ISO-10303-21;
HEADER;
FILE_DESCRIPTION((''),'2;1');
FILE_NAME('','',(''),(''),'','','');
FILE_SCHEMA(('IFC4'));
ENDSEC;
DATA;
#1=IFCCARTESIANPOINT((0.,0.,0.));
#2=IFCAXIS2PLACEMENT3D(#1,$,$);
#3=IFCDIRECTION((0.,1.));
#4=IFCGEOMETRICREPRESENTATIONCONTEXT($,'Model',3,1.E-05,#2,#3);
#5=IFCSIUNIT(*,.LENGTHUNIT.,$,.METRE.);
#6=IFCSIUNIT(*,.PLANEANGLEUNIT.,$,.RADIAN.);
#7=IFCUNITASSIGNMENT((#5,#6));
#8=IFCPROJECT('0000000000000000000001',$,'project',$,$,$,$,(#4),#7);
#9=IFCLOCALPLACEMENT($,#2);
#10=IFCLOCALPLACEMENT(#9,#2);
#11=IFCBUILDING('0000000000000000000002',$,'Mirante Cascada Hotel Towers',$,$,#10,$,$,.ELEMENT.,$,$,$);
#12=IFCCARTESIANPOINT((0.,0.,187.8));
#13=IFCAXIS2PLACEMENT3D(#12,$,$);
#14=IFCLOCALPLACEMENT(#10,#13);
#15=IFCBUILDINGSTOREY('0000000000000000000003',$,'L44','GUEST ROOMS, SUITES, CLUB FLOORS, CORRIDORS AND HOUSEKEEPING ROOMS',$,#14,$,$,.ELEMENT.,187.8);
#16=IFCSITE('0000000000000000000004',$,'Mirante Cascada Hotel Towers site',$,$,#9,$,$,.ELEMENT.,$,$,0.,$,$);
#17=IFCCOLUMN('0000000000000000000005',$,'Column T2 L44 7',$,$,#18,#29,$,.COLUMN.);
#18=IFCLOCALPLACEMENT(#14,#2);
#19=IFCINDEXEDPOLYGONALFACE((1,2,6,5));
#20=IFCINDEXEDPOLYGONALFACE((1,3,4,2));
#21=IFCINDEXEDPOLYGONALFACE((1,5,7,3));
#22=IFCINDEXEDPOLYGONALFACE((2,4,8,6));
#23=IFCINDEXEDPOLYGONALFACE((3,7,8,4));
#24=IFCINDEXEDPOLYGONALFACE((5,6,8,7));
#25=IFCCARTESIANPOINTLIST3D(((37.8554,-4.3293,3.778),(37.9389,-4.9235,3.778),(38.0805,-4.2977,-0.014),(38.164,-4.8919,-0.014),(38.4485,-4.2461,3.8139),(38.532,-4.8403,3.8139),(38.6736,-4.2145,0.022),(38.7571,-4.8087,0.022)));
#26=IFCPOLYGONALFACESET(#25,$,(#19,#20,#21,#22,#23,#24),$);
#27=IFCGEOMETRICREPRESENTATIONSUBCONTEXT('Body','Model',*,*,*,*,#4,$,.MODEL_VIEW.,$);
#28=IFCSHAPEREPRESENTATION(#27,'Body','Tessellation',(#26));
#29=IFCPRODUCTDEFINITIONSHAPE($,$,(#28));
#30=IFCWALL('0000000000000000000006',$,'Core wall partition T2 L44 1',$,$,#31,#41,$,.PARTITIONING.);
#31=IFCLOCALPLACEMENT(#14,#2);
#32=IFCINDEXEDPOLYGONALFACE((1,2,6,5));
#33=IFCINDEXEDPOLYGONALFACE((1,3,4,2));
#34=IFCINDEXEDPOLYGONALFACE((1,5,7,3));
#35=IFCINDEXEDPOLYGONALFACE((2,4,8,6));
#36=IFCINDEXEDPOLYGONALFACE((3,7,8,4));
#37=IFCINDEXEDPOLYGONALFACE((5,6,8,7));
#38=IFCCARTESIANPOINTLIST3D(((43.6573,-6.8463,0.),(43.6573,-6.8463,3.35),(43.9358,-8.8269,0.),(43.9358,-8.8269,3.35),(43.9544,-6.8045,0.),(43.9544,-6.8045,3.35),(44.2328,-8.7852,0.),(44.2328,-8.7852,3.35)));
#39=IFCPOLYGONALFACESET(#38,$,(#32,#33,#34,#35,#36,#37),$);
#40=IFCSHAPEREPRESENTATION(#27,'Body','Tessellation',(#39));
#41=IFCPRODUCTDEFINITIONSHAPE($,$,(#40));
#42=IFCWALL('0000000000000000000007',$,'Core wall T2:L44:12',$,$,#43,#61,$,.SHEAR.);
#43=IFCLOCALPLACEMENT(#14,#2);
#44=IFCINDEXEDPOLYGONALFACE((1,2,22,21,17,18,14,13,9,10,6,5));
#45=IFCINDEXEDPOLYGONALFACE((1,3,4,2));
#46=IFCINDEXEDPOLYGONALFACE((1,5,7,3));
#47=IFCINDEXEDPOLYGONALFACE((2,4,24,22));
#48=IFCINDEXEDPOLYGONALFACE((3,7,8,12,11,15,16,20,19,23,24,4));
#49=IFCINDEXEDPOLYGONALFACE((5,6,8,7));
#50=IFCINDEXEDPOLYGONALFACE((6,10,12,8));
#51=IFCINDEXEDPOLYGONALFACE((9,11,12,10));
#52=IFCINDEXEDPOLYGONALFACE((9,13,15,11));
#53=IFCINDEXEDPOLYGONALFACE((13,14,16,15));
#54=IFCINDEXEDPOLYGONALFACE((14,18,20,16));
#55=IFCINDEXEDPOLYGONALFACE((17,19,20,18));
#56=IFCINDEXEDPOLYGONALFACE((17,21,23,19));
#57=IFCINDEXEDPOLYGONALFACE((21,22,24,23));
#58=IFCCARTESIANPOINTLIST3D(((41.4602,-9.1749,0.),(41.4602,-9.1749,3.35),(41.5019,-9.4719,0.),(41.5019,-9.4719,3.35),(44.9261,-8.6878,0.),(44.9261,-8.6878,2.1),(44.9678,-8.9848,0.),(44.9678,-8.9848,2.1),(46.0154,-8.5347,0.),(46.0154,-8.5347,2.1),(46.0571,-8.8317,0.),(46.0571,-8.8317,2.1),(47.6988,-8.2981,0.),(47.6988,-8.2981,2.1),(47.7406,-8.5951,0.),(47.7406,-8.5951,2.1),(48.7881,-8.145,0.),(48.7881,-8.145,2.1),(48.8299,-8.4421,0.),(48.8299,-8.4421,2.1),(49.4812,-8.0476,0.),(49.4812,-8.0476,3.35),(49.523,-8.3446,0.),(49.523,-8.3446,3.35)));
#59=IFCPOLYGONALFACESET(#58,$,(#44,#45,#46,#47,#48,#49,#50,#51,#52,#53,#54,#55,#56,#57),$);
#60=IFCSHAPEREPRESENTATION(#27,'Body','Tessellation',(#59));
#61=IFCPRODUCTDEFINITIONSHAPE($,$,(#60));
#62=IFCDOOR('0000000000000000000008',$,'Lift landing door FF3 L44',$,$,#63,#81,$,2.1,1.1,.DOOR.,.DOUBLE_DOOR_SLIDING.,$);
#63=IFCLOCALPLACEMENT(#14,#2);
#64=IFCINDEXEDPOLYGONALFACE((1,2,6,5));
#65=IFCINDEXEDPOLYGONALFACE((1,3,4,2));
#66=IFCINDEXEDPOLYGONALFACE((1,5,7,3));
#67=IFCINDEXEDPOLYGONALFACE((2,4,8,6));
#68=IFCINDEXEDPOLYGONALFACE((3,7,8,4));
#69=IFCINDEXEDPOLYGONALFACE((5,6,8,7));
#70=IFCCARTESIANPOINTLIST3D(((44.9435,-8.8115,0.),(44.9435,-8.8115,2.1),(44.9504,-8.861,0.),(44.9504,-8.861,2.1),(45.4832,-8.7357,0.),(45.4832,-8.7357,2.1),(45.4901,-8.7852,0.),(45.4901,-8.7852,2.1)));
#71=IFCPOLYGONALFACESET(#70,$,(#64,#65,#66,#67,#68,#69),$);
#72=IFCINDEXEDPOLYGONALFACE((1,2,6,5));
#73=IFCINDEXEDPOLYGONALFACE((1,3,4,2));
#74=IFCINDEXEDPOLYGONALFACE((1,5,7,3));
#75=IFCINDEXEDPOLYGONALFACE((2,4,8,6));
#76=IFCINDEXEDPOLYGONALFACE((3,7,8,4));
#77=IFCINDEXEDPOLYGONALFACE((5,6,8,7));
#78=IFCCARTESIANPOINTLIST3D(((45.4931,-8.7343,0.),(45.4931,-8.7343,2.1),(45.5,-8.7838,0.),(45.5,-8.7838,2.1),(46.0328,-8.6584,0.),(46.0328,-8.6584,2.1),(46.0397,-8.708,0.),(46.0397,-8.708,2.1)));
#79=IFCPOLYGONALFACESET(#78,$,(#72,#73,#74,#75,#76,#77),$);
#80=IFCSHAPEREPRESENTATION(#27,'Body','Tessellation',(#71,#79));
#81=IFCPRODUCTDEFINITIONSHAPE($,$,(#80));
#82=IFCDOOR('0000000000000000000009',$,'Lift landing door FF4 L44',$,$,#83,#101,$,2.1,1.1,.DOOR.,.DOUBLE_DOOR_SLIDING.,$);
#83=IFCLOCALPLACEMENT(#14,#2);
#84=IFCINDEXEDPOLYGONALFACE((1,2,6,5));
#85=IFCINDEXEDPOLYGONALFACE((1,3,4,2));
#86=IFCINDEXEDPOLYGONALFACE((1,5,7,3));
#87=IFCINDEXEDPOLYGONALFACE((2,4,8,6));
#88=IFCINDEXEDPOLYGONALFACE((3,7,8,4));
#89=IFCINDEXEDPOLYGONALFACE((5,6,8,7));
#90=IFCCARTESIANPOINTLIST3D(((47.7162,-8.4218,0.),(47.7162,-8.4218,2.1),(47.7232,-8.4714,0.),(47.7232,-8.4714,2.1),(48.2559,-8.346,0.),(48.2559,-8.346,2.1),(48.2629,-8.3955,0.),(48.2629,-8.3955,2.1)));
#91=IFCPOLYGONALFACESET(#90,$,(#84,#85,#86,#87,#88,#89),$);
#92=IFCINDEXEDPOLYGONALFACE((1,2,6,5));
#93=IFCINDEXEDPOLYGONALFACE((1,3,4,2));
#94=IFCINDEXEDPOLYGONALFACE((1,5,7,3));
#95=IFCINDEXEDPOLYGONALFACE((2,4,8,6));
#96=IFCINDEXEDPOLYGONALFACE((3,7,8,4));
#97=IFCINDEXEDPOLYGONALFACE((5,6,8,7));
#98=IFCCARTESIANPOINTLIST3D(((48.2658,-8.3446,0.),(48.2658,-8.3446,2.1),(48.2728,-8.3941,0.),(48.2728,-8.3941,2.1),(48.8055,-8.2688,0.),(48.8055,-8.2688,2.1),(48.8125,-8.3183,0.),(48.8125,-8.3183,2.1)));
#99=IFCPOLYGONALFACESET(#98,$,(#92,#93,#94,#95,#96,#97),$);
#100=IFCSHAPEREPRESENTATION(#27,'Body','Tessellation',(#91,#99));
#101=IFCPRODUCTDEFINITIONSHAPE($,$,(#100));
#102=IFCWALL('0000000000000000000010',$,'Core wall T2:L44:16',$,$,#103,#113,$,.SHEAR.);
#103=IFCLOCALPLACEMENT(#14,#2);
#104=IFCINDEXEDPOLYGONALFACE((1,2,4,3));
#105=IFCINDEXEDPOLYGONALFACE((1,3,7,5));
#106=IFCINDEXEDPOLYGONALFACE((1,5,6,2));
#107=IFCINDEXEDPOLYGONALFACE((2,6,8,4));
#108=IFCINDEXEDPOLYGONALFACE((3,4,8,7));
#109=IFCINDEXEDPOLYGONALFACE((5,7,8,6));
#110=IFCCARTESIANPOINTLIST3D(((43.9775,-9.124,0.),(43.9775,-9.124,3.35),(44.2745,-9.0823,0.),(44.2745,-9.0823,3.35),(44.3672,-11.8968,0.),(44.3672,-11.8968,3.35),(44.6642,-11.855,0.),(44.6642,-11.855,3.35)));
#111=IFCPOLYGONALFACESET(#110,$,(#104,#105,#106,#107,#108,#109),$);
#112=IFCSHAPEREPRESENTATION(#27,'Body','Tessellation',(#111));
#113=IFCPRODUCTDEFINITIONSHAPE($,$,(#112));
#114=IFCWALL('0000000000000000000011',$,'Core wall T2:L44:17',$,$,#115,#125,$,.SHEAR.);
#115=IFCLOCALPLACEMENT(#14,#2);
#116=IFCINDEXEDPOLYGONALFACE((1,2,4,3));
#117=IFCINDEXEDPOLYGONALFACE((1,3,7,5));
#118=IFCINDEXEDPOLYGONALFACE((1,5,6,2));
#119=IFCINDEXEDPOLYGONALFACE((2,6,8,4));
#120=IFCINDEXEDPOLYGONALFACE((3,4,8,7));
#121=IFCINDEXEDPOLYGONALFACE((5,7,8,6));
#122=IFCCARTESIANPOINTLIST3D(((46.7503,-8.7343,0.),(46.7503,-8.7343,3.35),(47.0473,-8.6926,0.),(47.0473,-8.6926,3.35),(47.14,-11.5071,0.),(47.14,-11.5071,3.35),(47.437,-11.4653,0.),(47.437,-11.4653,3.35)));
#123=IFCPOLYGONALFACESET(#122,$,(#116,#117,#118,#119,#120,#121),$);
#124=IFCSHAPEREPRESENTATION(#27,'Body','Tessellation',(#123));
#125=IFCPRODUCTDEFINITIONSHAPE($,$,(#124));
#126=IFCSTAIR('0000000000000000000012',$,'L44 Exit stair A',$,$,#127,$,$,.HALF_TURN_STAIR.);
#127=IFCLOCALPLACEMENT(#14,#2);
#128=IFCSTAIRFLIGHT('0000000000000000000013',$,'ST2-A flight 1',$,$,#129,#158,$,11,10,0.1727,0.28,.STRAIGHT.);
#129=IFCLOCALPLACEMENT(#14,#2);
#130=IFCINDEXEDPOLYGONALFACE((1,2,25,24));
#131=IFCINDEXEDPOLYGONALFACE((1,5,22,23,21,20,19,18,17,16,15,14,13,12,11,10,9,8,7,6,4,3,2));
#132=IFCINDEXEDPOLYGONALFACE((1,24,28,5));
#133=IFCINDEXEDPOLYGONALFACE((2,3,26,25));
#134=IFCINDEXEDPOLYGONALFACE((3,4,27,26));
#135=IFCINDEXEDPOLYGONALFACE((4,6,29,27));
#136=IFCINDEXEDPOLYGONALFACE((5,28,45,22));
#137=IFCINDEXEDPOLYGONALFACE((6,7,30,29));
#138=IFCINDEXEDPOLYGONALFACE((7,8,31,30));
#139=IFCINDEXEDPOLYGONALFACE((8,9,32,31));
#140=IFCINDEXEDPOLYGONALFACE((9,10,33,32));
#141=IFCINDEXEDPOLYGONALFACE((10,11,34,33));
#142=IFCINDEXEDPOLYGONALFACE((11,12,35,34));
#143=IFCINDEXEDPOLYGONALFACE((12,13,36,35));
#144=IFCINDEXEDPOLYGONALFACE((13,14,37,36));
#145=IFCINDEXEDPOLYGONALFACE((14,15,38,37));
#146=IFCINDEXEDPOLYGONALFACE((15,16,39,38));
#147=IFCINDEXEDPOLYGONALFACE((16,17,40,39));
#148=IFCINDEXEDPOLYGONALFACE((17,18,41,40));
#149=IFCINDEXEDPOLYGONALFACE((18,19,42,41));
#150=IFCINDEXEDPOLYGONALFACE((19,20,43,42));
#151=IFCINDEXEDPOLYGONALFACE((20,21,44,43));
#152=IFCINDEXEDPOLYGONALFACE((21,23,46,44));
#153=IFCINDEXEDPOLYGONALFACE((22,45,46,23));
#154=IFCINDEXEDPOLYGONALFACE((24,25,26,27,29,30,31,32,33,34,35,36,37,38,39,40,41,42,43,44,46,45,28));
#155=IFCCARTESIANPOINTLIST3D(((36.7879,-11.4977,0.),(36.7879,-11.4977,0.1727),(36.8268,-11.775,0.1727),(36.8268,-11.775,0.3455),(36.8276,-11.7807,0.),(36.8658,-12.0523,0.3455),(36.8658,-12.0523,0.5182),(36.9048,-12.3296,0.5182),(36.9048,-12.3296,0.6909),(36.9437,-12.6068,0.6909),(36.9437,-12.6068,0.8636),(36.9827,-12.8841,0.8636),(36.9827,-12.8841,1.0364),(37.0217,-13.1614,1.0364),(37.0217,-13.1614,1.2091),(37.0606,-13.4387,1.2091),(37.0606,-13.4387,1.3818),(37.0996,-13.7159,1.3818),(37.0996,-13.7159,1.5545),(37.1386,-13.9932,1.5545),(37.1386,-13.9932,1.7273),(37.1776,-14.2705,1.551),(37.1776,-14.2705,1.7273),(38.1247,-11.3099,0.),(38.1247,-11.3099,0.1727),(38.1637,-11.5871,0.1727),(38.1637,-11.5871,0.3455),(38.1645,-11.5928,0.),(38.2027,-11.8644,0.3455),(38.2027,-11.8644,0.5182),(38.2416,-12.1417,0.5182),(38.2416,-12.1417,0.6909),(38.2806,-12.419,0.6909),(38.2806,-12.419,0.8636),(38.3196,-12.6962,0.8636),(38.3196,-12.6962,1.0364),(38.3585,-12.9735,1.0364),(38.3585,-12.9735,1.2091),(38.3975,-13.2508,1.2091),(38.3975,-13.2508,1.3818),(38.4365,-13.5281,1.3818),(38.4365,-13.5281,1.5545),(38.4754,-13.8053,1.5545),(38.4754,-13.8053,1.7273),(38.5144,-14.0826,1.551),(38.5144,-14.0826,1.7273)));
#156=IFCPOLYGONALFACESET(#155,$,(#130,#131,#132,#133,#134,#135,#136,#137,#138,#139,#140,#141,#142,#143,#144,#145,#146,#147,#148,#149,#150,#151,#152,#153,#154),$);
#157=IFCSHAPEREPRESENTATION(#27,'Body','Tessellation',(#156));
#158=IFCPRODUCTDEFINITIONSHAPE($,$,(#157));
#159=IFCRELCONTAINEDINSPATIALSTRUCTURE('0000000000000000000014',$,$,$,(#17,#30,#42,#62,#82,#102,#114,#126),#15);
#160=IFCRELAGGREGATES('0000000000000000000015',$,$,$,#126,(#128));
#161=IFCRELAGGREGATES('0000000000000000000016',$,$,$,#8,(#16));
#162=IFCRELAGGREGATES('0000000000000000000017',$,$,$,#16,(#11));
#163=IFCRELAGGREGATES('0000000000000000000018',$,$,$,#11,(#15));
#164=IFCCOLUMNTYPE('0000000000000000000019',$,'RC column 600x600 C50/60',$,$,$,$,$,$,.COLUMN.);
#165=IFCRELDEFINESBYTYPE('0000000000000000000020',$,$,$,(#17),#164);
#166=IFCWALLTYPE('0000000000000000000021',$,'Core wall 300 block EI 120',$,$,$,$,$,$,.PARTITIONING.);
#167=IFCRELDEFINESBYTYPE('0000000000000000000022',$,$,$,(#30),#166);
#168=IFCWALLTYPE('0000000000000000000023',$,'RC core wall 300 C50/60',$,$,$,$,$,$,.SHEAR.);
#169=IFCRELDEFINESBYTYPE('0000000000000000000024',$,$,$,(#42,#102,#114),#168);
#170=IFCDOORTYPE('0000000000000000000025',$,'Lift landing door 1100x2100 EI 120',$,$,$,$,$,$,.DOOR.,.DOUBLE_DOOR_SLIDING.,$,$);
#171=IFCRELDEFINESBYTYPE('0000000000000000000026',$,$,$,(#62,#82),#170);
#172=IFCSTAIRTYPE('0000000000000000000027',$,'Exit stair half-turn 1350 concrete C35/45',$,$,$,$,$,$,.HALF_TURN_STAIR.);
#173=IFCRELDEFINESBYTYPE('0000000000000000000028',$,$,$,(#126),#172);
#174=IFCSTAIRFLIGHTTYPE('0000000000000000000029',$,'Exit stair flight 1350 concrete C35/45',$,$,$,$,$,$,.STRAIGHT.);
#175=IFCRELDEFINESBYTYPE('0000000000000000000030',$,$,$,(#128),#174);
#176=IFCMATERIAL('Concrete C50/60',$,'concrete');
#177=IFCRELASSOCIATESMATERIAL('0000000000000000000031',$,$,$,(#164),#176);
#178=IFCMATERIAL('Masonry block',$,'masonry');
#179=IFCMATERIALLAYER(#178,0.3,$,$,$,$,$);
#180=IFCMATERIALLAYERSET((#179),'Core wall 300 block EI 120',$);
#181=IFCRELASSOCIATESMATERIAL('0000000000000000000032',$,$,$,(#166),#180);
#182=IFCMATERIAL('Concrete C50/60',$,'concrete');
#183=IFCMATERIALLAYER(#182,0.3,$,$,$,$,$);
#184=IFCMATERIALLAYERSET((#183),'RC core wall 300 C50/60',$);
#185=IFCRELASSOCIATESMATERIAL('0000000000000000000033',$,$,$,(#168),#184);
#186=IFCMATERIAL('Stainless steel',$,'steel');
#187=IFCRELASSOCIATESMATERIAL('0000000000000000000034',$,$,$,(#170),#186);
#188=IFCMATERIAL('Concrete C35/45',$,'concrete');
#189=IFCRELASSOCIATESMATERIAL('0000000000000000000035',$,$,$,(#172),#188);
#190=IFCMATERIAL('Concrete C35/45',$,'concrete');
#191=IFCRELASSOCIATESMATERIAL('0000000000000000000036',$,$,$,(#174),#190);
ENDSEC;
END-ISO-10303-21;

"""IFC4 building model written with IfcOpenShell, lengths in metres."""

from ifc_helpers import new_model, si_unit, direction, frame, frame_2d, origin, origin_2d, place, context, subcontext, project, spatial, polyline, rectangle, outline, extrude, material, layer, layer_set, material_profile, profile_set, type_object, element, fill, aggregate, save


model = new_model("IFC4")

# Units and contexts
model_context = context("Model", 3, precision=1e-05, world=origin(), true_north=direction((0.0, 1.0)))
body_context = subcontext(model_context, "Body", "Model", "MODEL_VIEW")
ifc_project = project(units=[si_unit("LENGTHUNIT", "METRE"), si_unit("PLANEANGLEUNIT", "RADIAN")], contexts=[model_context])

# Site, building, storey
site_placement = place(None, origin())
site = spatial("IfcSite", under=ifc_project, at=site_placement, Name="Mirante Cascada Hotel Towers site", CompositionType="ELEMENT", RefElevation=0.0)
building_placement = place(site_placement, origin())
building = spatial("IfcBuilding", under=site, at=building_placement, Name="Mirante Cascada Hotel Towers", CompositionType="ELEMENT")
storey_placement = place(building_placement, frame((0.0, 0.0, 187.8)))
storey = spatial("IfcBuildingStorey", under=building, at=storey_placement, Name="L44", Description="GUEST ROOMS, SUITES, CLUB FLOORS, CORRIDORS AND HOUSEKEEPING ROOMS", CompositionType="ELEMENT", Elevation=187.8)

# Column
ifc_material_1 = material(Name="Concrete C50/60", Category="concrete")
ifc_material_profile = material_profile(ifc_material_1, rectangle(XDim=0.6, YDim=0.6, at=origin_2d()), Name="RC column 600x600 C50/60")
ifc_profile_set = profile_set([ifc_material_profile], Name="Concrete C50/60")
column_type = type_object("IfcColumnType", Name="RC column 600x600 C50/60", PredefinedType="COLUMN", material=ifc_profile_set)
column_placement = place(storey_placement, frame((38.4188, -4.5532, 0.004), z_axis=(-0.059255, -0.008318, 0.998208), x_axis=(0.139019, -0.99029, 0.0)))
element("IfcColumn", 1, at=column_placement, inside=storey, type_object=column_type, Name="Column T2 L44 7", PredefinedType="COLUMN", context=body_context, shape_type="SweptSolid", body=[
    extrude(rectangle(XDim=0.6, YDim=0.6, at=origin_2d()), origin(), (0.0, 0.0, 1.0), 3.7988),
])

# Wall
ifc_material_2 = material(Name="Masonry block", Category="masonry")
ifc_layer_1 = layer(ifc_material_2, 0.3)
ifc_layer_set_1 = layer_set([ifc_layer_1], Name="Core wall 300 block EI 120")
wall_type_1 = type_object("IfcWallType", Name="Core wall 300 block EI 120", PredefinedType="PARTITIONING", material=ifc_layer_set_1)
wall_1_placement = place(storey_placement, frame((44.0843, -8.8061, 0.0), z_axis=(0.0, 0.0, 1.0), x_axis=(-0.139195, 0.990265, 0.0)))
element("IfcWall", 2, at=wall_1_placement, inside=storey, type_object=wall_type_1, Name="Core wall partition T2 L44 1", PredefinedType="PARTITIONING", context=body_context, shape_type="SweptSolid", body=[
    extrude(rectangle(XDim=2.0001, YDim=0.3, at=frame_2d((1.0001, 0.0))), origin(), (0.0, 0.0, 1.0), 3.35),
])

# Wall, openings, doors
ifc_material_3 = material(Name="Concrete C50/60", Category="concrete")
ifc_layer_2 = layer(ifc_material_3, 0.3)
ifc_layer_set_2 = layer_set([ifc_layer_2], Name="RC core wall 300 C50/60")
wall_type_2 = type_object("IfcWallType", Name="RC core wall 300 C50/60", PredefinedType="SHEAR", material=ifc_layer_set_2)
wall_2_placement = place(storey_placement, frame((41.481, -9.3234, 0.0), z_axis=(0.0, 0.0, 1.0), x_axis=(0.990268, 0.139174, 0.0)))
wall_2 = element("IfcWall", 3, at=wall_2_placement, inside=storey, type_object=wall_type_2, Name="Core wall T2:L44:12", PredefinedType="SHEAR", context=body_context, shape_type="SweptSolid", body=[
    extrude(rectangle(XDim=8.0999, YDim=0.3, at=frame_2d((4.05, 0.0))), origin(), (0.0, 0.0, 1.0), 3.35),
])
opening_1_placement = place(wall_2_placement, frame((3.5, 0.0, 0.0)))
opening_1 = element("IfcOpeningElement", 4, at=opening_1_placement, cuts=wall_2, PredefinedType="OPENING", context=body_context, shape_type="SweptSolid", body=[
    extrude(rectangle(XDim=1.1, YDim=2.1, at=frame_2d((0.55, 1.05))), frame((0.0, 0.15, 0.0), z_axis=(0.0, -1.0, 0.0), x_axis=(1.0, 0.0, 0.0)), (0.0, 0.0, 1.0), 0.3),
])
opening_2_placement = place(wall_2_placement, frame((6.3, 0.0, 0.0)))
opening_2 = element("IfcOpeningElement", 5, at=opening_2_placement, cuts=wall_2, PredefinedType="OPENING", context=body_context, shape_type="SweptSolid", body=[
    extrude(rectangle(XDim=1.1, YDim=2.1, at=frame_2d((0.55, 1.05))), frame((0.0, 0.15, 0.0), z_axis=(0.0, -1.0, 0.0), x_axis=(1.0, 0.0, 0.0)), (0.0, 0.0, 1.0), 0.3),
])
ifc_material_4 = material(Name="Stainless steel", Category="steel")
door_type = type_object("IfcDoorType", Name="Lift landing door 1100x2100 EI 120", OperationType="DOUBLE_DOOR_SLIDING", PredefinedType="DOOR", material=ifc_material_4)
door_1_placement = place(opening_1_placement, origin())
door_1 = element("IfcDoor", 6, at=door_1_placement, inside=storey, type_object=door_type, Name="Lift landing door FF3 L44", OperationType="DOUBLE_DOOR_SLIDING", OverallHeight=2.1, OverallWidth=1.1, PredefinedType="DOOR", context=body_context, shape_type="SweptSolid", body=[
    extrude(rectangle(XDim=0.545, YDim=2.1, at=frame_2d((0.2725, 1.05))), frame((0.0, 0.025, 0.0), z_axis=(0.0, -1.0, 0.0), x_axis=(1.0, 0.0, 0.0)), (0.0, 0.0, 1.0), 0.05),
    extrude(rectangle(XDim=0.545, YDim=2.1, at=frame_2d((0.8275, 1.05))), frame((0.0, 0.025, 0.0), z_axis=(0.0, -1.0, 0.0), x_axis=(1.0, 0.0, 0.0)), (0.0, 0.0, 1.0), 0.05),
])
fill(opening_1, door_1)
door_2_placement = place(opening_2_placement, origin())
door_2 = element("IfcDoor", 7, at=door_2_placement, inside=storey, type_object=door_type, Name="Lift landing door FF4 L44", OperationType="DOUBLE_DOOR_SLIDING", OverallHeight=2.1, OverallWidth=1.1, PredefinedType="DOOR", context=body_context, shape_type="SweptSolid", body=[
    extrude(rectangle(XDim=0.545, YDim=2.1, at=frame_2d((0.2725, 1.05))), frame((0.0, 0.025, 0.0), z_axis=(0.0, -1.0, 0.0), x_axis=(1.0, 0.0, 0.0)), (0.0, 0.0, 1.0), 0.05),
    extrude(rectangle(XDim=0.545, YDim=2.1, at=frame_2d((0.8275, 1.05))), frame((0.0, 0.025, 0.0), z_axis=(0.0, -1.0, 0.0), x_axis=(1.0, 0.0, 0.0)), (0.0, 0.0, 1.0), 0.05),
])
fill(opening_2, door_2)

# Walls
for number, where, z_axis, x_axis, name in (
    (8, (44.5157, -11.8759, 0.0), (0.0, 0.0, 1.0), (-0.139181, 0.990267, 0.0), "Core wall T2:L44:16"),
    (9, (47.2885, -11.4862, 0.0), (0.0, 0.0, 1.0), (-0.139181, 0.990267, 0.0), "Core wall T2:L44:17"),
):
    element("IfcWall", number, at=place(storey_placement, frame(where, z_axis=z_axis, x_axis=x_axis)), inside=storey, type_object=wall_type_2, Name=name, PredefinedType="SHEAR", context=body_context, shape_type="SweptSolid", body=[
        extrude(rectangle(XDim=2.8, YDim=0.3, at=frame_2d((1.4, 0.0))), origin(), (0.0, 0.0, 1.0), 3.35),
    ])

# Stair, stair flight
ifc_material_5 = material(Name="Concrete C35/45", Category="concrete")
stair_type = type_object("IfcStairType", Name="Exit stair half-turn 1350 concrete C35/45", PredefinedType="HALF_TURN_STAIR", material=ifc_material_5)
stair_placement = place(storey_placement, origin())
stair = element("IfcStair", 10, at=stair_placement, inside=storey, type_object=stair_type, Name="L44 Exit stair A", PredefinedType="HALF_TURN_STAIR")
ifc_material_6 = material(Name="Concrete C35/45", Category="concrete")
stair_flight_type = type_object("IfcStairFlightType", Name="Exit stair flight 1350 concrete C35/45", PredefinedType="STRAIGHT", material=ifc_material_6)
stair_flight_placement = place(storey_placement, frame((37.4563, -11.4038, 0.0), z_axis=(0.0, 0.0, 1.0), x_axis=(0.139173, -0.990268, 0.0)))
stair_flight = element("IfcStairFlight", 11, at=stair_flight_placement, type_object=stair_flight_type, Name="ST2-A flight 1", NumberOfRisers=11, NumberOfTreads=10, PredefinedType="STRAIGHT", RiserHeight=0.1727, TreadLength=0.28, context=body_context, shape_type="SweptSolid", body=[
    extrude(outline(polyline([(0.0, 0.0), (0.0, 0.1727), (0.28, 0.1727), (0.28, 0.3455), (0.56, 0.3455), (0.56, 0.5182), (0.84, 0.5182), (0.84, 0.6909), (1.12, 0.6909), (1.12, 0.8636), (1.4, 0.8636), (1.4, 1.0364), (1.68, 1.0364), (1.68, 1.2091), (1.96, 1.2091), (1.96, 1.3818), (2.24, 1.3818), (2.24, 1.5545), (2.52, 1.5545), (2.52, 1.7273), (2.8, 1.7273), (2.8, 1.9), (2.8, 1.551), (0.2857, 0.0), (0.0, 0.0)])), frame((0.0, 0.675, 0.0), z_axis=(0.0, -1.0, 0.0), x_axis=(1.0, 0.0, 0.0)), (0.0, 0.0, 1.0), 1.35),
])
aggregate(stair, [stair_flight])

save(model, "model.ifc")
